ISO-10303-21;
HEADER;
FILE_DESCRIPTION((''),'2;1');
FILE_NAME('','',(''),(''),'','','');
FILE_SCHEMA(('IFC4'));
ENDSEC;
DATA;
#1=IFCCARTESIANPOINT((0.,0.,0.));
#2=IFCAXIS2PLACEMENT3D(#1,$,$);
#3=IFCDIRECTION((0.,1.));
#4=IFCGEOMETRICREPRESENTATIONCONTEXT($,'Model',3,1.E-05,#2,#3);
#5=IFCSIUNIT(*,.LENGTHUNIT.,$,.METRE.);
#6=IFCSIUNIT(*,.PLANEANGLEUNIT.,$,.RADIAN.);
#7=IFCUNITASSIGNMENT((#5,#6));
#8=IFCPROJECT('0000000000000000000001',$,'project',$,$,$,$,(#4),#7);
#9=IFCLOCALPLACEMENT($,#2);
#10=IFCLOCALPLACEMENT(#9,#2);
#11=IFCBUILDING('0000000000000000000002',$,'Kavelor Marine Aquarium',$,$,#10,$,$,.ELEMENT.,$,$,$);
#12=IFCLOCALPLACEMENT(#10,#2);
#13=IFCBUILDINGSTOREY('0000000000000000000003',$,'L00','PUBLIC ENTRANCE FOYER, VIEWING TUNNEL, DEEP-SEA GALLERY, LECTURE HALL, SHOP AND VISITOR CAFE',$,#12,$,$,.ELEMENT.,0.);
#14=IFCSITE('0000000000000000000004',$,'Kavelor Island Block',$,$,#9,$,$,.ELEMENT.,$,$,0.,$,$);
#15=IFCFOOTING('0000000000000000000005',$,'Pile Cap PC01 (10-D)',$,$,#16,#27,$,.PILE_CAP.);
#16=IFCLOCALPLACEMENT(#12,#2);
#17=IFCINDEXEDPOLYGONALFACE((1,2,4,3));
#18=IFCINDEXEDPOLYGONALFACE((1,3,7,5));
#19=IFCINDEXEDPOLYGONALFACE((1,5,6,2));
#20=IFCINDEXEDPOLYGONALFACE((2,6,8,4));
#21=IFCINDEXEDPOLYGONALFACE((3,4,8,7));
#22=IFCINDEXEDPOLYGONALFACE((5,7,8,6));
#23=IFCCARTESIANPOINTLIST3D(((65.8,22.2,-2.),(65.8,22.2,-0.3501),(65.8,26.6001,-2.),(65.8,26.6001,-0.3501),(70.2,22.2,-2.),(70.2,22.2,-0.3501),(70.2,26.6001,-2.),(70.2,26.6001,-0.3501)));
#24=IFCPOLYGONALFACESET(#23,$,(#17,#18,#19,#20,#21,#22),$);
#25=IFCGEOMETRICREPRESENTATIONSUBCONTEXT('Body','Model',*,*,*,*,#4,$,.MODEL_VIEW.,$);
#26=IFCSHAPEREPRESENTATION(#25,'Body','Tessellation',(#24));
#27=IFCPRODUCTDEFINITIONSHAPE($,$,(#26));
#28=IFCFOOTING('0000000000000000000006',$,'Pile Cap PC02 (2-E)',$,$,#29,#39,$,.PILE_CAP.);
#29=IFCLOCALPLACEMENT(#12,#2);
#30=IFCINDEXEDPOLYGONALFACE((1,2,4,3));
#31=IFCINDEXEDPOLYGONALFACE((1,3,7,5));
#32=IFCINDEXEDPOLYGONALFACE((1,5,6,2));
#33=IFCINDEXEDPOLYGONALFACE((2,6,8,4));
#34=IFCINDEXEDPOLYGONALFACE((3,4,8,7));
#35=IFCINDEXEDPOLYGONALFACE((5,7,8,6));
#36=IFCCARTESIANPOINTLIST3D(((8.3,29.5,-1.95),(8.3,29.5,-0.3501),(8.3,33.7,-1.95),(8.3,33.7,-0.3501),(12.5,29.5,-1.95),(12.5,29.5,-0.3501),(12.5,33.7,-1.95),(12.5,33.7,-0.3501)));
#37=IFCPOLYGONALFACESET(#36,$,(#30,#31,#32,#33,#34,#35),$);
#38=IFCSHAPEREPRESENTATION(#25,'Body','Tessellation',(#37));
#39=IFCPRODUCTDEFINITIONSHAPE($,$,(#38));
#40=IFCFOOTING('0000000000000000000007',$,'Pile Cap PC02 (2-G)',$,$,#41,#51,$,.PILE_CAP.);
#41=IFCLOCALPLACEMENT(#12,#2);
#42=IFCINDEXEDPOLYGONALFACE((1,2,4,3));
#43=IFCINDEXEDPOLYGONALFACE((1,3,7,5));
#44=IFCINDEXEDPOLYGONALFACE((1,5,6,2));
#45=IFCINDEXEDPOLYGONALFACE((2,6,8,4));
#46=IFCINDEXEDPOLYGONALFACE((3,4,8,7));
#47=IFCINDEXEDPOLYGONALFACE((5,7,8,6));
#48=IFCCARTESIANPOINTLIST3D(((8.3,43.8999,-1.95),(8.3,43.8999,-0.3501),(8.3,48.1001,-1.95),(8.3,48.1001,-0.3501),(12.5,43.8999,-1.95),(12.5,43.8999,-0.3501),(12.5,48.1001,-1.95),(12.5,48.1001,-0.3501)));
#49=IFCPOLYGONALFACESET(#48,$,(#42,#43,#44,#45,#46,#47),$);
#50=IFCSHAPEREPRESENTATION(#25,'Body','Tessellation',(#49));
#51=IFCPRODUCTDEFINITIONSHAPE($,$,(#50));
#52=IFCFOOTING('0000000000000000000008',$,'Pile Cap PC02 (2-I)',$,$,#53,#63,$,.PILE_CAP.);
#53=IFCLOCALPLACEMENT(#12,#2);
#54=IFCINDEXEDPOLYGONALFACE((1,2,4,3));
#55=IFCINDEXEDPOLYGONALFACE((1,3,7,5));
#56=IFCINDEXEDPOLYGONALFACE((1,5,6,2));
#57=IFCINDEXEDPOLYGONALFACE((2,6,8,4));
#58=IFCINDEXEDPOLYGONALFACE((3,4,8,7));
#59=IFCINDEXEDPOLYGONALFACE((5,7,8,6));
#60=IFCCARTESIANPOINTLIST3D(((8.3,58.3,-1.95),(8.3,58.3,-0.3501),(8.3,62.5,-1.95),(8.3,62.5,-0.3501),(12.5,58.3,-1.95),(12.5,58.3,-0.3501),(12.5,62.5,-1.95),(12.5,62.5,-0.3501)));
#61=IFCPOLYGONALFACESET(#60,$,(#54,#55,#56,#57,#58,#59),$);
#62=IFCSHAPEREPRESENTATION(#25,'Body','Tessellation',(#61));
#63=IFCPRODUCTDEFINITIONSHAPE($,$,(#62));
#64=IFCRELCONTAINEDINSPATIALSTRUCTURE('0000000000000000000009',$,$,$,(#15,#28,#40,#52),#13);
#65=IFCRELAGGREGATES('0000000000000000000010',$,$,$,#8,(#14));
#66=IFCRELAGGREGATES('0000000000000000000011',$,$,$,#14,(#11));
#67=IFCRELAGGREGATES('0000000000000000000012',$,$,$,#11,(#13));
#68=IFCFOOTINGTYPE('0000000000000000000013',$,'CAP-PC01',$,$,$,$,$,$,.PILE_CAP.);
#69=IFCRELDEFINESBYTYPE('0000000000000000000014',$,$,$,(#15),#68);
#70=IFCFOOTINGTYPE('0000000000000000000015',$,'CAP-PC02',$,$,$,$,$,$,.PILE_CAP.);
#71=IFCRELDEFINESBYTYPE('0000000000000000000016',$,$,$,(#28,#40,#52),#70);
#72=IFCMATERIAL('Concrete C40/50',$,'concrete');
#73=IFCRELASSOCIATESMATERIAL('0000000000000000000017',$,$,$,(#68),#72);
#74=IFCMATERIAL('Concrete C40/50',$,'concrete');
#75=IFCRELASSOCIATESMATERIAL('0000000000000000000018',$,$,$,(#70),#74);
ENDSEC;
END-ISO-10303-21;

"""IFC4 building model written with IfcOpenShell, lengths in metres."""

from ifc_helpers import new_model, si_unit, direction, frame, origin, place, context, subcontext, project, spatial, polyline, outline, extrude, material, type_object, element, save


model = new_model("IFC4")

# Units and contexts
model_context = context("Model", 3, precision=1e-05, world=origin(), true_north=direction((0.0, 1.0)))
body_context = subcontext(model_context, "Body", "Model", "MODEL_VIEW")
ifc_project = project(units=[si_unit("LENGTHUNIT", "METRE"), si_unit("PLANEANGLEUNIT", "RADIAN")], contexts=[model_context])

# Site, building, storey
site_placement = place(None, origin())
site = spatial("IfcSite", under=ifc_project, at=site_placement, Name="Kavelor Island Block", CompositionType="ELEMENT", RefElevation=0.0)
building_placement = place(site_placement, origin())
building = spatial("IfcBuilding", under=site, at=building_placement, Name="Kavelor Marine Aquarium", CompositionType="ELEMENT")
storey_placement = place(building_placement, origin())
storey = spatial("IfcBuildingStorey", under=building, at=storey_placement, Name="L00", Description="PUBLIC ENTRANCE FOYER, VIEWING TUNNEL, DEEP-SEA GALLERY, LECTURE HALL, SHOP AND VISITOR CAFE", CompositionType="ELEMENT", Elevation=0.0)

# Footings
ifc_material_1 = material(Name="Concrete C40/50", Category="concrete")
footing_type_1 = type_object("IfcFootingType", Name="CAP-PC01", PredefinedType="PILE_CAP", material=ifc_material_1)
footing_1_placement = place(storey_placement, frame((0.0, 0.0, -2.0)))
element("IfcFooting", 1, at=footing_1_placement, inside=storey, type_object=footing_type_1, Name="Pile Cap PC01 (10-D)", PredefinedType="PILE_CAP", context=body_context, shape_type="SweptSolid", body=[
    extrude(outline(polyline([(65.8, 22.2), (70.2, 22.2), (70.2, 26.6001), (65.8, 26.6001), (65.8, 22.2)])), origin(), (0.0, 0.0, 1.0), 1.6499),
])
ifc_material_2 = material(Name="Concrete C40/50", Category="concrete")
footing_type_2 = type_object("IfcFootingType", Name="CAP-PC02", PredefinedType="PILE_CAP", material=ifc_material_2)
footing_2_placement = place(storey_placement, frame((0.0, 0.0, -1.95)))
element("IfcFooting", 2, at=footing_2_placement, inside=storey, type_object=footing_type_2, Name="Pile Cap PC02 (2-E)", PredefinedType="PILE_CAP", context=body_context, shape_type="SweptSolid", body=[
    extrude(outline(polyline([(8.3, 29.5), (12.5, 29.5), (12.5, 33.7), (8.3, 33.7), (8.3, 29.5)])), origin(), (0.0, 0.0, 1.0), 1.5999),
])
footing_3_placement = place(storey_placement, frame((0.0, 0.0, -1.95)))
element("IfcFooting", 3, at=footing_3_placement, inside=storey, type_object=footing_type_2, Name="Pile Cap PC02 (2-G)", PredefinedType="PILE_CAP", context=body_context, shape_type="SweptSolid", body=[
    extrude(outline(polyline([(8.3, 43.8999), (12.5, 43.8999), (12.5, 48.1001), (8.3, 48.1001), (8.3, 43.8999)])), origin(), (0.0, 0.0, 1.0), 1.5999),
])
footing_4_placement = place(storey_placement, frame((0.0, 0.0, -1.95)))
element("IfcFooting", 4, at=footing_4_placement, inside=storey, type_object=footing_type_2, Name="Pile Cap PC02 (2-I)", PredefinedType="PILE_CAP", context=body_context, shape_type="SweptSolid", body=[
    extrude(outline(polyline([(8.3, 58.3), (12.5, 58.3), (12.5, 62.5), (8.3, 62.5), (8.3, 58.3)])), origin(), (0.0, 0.0, 1.0), 1.5999),
])

save(model, "model.ifc")
